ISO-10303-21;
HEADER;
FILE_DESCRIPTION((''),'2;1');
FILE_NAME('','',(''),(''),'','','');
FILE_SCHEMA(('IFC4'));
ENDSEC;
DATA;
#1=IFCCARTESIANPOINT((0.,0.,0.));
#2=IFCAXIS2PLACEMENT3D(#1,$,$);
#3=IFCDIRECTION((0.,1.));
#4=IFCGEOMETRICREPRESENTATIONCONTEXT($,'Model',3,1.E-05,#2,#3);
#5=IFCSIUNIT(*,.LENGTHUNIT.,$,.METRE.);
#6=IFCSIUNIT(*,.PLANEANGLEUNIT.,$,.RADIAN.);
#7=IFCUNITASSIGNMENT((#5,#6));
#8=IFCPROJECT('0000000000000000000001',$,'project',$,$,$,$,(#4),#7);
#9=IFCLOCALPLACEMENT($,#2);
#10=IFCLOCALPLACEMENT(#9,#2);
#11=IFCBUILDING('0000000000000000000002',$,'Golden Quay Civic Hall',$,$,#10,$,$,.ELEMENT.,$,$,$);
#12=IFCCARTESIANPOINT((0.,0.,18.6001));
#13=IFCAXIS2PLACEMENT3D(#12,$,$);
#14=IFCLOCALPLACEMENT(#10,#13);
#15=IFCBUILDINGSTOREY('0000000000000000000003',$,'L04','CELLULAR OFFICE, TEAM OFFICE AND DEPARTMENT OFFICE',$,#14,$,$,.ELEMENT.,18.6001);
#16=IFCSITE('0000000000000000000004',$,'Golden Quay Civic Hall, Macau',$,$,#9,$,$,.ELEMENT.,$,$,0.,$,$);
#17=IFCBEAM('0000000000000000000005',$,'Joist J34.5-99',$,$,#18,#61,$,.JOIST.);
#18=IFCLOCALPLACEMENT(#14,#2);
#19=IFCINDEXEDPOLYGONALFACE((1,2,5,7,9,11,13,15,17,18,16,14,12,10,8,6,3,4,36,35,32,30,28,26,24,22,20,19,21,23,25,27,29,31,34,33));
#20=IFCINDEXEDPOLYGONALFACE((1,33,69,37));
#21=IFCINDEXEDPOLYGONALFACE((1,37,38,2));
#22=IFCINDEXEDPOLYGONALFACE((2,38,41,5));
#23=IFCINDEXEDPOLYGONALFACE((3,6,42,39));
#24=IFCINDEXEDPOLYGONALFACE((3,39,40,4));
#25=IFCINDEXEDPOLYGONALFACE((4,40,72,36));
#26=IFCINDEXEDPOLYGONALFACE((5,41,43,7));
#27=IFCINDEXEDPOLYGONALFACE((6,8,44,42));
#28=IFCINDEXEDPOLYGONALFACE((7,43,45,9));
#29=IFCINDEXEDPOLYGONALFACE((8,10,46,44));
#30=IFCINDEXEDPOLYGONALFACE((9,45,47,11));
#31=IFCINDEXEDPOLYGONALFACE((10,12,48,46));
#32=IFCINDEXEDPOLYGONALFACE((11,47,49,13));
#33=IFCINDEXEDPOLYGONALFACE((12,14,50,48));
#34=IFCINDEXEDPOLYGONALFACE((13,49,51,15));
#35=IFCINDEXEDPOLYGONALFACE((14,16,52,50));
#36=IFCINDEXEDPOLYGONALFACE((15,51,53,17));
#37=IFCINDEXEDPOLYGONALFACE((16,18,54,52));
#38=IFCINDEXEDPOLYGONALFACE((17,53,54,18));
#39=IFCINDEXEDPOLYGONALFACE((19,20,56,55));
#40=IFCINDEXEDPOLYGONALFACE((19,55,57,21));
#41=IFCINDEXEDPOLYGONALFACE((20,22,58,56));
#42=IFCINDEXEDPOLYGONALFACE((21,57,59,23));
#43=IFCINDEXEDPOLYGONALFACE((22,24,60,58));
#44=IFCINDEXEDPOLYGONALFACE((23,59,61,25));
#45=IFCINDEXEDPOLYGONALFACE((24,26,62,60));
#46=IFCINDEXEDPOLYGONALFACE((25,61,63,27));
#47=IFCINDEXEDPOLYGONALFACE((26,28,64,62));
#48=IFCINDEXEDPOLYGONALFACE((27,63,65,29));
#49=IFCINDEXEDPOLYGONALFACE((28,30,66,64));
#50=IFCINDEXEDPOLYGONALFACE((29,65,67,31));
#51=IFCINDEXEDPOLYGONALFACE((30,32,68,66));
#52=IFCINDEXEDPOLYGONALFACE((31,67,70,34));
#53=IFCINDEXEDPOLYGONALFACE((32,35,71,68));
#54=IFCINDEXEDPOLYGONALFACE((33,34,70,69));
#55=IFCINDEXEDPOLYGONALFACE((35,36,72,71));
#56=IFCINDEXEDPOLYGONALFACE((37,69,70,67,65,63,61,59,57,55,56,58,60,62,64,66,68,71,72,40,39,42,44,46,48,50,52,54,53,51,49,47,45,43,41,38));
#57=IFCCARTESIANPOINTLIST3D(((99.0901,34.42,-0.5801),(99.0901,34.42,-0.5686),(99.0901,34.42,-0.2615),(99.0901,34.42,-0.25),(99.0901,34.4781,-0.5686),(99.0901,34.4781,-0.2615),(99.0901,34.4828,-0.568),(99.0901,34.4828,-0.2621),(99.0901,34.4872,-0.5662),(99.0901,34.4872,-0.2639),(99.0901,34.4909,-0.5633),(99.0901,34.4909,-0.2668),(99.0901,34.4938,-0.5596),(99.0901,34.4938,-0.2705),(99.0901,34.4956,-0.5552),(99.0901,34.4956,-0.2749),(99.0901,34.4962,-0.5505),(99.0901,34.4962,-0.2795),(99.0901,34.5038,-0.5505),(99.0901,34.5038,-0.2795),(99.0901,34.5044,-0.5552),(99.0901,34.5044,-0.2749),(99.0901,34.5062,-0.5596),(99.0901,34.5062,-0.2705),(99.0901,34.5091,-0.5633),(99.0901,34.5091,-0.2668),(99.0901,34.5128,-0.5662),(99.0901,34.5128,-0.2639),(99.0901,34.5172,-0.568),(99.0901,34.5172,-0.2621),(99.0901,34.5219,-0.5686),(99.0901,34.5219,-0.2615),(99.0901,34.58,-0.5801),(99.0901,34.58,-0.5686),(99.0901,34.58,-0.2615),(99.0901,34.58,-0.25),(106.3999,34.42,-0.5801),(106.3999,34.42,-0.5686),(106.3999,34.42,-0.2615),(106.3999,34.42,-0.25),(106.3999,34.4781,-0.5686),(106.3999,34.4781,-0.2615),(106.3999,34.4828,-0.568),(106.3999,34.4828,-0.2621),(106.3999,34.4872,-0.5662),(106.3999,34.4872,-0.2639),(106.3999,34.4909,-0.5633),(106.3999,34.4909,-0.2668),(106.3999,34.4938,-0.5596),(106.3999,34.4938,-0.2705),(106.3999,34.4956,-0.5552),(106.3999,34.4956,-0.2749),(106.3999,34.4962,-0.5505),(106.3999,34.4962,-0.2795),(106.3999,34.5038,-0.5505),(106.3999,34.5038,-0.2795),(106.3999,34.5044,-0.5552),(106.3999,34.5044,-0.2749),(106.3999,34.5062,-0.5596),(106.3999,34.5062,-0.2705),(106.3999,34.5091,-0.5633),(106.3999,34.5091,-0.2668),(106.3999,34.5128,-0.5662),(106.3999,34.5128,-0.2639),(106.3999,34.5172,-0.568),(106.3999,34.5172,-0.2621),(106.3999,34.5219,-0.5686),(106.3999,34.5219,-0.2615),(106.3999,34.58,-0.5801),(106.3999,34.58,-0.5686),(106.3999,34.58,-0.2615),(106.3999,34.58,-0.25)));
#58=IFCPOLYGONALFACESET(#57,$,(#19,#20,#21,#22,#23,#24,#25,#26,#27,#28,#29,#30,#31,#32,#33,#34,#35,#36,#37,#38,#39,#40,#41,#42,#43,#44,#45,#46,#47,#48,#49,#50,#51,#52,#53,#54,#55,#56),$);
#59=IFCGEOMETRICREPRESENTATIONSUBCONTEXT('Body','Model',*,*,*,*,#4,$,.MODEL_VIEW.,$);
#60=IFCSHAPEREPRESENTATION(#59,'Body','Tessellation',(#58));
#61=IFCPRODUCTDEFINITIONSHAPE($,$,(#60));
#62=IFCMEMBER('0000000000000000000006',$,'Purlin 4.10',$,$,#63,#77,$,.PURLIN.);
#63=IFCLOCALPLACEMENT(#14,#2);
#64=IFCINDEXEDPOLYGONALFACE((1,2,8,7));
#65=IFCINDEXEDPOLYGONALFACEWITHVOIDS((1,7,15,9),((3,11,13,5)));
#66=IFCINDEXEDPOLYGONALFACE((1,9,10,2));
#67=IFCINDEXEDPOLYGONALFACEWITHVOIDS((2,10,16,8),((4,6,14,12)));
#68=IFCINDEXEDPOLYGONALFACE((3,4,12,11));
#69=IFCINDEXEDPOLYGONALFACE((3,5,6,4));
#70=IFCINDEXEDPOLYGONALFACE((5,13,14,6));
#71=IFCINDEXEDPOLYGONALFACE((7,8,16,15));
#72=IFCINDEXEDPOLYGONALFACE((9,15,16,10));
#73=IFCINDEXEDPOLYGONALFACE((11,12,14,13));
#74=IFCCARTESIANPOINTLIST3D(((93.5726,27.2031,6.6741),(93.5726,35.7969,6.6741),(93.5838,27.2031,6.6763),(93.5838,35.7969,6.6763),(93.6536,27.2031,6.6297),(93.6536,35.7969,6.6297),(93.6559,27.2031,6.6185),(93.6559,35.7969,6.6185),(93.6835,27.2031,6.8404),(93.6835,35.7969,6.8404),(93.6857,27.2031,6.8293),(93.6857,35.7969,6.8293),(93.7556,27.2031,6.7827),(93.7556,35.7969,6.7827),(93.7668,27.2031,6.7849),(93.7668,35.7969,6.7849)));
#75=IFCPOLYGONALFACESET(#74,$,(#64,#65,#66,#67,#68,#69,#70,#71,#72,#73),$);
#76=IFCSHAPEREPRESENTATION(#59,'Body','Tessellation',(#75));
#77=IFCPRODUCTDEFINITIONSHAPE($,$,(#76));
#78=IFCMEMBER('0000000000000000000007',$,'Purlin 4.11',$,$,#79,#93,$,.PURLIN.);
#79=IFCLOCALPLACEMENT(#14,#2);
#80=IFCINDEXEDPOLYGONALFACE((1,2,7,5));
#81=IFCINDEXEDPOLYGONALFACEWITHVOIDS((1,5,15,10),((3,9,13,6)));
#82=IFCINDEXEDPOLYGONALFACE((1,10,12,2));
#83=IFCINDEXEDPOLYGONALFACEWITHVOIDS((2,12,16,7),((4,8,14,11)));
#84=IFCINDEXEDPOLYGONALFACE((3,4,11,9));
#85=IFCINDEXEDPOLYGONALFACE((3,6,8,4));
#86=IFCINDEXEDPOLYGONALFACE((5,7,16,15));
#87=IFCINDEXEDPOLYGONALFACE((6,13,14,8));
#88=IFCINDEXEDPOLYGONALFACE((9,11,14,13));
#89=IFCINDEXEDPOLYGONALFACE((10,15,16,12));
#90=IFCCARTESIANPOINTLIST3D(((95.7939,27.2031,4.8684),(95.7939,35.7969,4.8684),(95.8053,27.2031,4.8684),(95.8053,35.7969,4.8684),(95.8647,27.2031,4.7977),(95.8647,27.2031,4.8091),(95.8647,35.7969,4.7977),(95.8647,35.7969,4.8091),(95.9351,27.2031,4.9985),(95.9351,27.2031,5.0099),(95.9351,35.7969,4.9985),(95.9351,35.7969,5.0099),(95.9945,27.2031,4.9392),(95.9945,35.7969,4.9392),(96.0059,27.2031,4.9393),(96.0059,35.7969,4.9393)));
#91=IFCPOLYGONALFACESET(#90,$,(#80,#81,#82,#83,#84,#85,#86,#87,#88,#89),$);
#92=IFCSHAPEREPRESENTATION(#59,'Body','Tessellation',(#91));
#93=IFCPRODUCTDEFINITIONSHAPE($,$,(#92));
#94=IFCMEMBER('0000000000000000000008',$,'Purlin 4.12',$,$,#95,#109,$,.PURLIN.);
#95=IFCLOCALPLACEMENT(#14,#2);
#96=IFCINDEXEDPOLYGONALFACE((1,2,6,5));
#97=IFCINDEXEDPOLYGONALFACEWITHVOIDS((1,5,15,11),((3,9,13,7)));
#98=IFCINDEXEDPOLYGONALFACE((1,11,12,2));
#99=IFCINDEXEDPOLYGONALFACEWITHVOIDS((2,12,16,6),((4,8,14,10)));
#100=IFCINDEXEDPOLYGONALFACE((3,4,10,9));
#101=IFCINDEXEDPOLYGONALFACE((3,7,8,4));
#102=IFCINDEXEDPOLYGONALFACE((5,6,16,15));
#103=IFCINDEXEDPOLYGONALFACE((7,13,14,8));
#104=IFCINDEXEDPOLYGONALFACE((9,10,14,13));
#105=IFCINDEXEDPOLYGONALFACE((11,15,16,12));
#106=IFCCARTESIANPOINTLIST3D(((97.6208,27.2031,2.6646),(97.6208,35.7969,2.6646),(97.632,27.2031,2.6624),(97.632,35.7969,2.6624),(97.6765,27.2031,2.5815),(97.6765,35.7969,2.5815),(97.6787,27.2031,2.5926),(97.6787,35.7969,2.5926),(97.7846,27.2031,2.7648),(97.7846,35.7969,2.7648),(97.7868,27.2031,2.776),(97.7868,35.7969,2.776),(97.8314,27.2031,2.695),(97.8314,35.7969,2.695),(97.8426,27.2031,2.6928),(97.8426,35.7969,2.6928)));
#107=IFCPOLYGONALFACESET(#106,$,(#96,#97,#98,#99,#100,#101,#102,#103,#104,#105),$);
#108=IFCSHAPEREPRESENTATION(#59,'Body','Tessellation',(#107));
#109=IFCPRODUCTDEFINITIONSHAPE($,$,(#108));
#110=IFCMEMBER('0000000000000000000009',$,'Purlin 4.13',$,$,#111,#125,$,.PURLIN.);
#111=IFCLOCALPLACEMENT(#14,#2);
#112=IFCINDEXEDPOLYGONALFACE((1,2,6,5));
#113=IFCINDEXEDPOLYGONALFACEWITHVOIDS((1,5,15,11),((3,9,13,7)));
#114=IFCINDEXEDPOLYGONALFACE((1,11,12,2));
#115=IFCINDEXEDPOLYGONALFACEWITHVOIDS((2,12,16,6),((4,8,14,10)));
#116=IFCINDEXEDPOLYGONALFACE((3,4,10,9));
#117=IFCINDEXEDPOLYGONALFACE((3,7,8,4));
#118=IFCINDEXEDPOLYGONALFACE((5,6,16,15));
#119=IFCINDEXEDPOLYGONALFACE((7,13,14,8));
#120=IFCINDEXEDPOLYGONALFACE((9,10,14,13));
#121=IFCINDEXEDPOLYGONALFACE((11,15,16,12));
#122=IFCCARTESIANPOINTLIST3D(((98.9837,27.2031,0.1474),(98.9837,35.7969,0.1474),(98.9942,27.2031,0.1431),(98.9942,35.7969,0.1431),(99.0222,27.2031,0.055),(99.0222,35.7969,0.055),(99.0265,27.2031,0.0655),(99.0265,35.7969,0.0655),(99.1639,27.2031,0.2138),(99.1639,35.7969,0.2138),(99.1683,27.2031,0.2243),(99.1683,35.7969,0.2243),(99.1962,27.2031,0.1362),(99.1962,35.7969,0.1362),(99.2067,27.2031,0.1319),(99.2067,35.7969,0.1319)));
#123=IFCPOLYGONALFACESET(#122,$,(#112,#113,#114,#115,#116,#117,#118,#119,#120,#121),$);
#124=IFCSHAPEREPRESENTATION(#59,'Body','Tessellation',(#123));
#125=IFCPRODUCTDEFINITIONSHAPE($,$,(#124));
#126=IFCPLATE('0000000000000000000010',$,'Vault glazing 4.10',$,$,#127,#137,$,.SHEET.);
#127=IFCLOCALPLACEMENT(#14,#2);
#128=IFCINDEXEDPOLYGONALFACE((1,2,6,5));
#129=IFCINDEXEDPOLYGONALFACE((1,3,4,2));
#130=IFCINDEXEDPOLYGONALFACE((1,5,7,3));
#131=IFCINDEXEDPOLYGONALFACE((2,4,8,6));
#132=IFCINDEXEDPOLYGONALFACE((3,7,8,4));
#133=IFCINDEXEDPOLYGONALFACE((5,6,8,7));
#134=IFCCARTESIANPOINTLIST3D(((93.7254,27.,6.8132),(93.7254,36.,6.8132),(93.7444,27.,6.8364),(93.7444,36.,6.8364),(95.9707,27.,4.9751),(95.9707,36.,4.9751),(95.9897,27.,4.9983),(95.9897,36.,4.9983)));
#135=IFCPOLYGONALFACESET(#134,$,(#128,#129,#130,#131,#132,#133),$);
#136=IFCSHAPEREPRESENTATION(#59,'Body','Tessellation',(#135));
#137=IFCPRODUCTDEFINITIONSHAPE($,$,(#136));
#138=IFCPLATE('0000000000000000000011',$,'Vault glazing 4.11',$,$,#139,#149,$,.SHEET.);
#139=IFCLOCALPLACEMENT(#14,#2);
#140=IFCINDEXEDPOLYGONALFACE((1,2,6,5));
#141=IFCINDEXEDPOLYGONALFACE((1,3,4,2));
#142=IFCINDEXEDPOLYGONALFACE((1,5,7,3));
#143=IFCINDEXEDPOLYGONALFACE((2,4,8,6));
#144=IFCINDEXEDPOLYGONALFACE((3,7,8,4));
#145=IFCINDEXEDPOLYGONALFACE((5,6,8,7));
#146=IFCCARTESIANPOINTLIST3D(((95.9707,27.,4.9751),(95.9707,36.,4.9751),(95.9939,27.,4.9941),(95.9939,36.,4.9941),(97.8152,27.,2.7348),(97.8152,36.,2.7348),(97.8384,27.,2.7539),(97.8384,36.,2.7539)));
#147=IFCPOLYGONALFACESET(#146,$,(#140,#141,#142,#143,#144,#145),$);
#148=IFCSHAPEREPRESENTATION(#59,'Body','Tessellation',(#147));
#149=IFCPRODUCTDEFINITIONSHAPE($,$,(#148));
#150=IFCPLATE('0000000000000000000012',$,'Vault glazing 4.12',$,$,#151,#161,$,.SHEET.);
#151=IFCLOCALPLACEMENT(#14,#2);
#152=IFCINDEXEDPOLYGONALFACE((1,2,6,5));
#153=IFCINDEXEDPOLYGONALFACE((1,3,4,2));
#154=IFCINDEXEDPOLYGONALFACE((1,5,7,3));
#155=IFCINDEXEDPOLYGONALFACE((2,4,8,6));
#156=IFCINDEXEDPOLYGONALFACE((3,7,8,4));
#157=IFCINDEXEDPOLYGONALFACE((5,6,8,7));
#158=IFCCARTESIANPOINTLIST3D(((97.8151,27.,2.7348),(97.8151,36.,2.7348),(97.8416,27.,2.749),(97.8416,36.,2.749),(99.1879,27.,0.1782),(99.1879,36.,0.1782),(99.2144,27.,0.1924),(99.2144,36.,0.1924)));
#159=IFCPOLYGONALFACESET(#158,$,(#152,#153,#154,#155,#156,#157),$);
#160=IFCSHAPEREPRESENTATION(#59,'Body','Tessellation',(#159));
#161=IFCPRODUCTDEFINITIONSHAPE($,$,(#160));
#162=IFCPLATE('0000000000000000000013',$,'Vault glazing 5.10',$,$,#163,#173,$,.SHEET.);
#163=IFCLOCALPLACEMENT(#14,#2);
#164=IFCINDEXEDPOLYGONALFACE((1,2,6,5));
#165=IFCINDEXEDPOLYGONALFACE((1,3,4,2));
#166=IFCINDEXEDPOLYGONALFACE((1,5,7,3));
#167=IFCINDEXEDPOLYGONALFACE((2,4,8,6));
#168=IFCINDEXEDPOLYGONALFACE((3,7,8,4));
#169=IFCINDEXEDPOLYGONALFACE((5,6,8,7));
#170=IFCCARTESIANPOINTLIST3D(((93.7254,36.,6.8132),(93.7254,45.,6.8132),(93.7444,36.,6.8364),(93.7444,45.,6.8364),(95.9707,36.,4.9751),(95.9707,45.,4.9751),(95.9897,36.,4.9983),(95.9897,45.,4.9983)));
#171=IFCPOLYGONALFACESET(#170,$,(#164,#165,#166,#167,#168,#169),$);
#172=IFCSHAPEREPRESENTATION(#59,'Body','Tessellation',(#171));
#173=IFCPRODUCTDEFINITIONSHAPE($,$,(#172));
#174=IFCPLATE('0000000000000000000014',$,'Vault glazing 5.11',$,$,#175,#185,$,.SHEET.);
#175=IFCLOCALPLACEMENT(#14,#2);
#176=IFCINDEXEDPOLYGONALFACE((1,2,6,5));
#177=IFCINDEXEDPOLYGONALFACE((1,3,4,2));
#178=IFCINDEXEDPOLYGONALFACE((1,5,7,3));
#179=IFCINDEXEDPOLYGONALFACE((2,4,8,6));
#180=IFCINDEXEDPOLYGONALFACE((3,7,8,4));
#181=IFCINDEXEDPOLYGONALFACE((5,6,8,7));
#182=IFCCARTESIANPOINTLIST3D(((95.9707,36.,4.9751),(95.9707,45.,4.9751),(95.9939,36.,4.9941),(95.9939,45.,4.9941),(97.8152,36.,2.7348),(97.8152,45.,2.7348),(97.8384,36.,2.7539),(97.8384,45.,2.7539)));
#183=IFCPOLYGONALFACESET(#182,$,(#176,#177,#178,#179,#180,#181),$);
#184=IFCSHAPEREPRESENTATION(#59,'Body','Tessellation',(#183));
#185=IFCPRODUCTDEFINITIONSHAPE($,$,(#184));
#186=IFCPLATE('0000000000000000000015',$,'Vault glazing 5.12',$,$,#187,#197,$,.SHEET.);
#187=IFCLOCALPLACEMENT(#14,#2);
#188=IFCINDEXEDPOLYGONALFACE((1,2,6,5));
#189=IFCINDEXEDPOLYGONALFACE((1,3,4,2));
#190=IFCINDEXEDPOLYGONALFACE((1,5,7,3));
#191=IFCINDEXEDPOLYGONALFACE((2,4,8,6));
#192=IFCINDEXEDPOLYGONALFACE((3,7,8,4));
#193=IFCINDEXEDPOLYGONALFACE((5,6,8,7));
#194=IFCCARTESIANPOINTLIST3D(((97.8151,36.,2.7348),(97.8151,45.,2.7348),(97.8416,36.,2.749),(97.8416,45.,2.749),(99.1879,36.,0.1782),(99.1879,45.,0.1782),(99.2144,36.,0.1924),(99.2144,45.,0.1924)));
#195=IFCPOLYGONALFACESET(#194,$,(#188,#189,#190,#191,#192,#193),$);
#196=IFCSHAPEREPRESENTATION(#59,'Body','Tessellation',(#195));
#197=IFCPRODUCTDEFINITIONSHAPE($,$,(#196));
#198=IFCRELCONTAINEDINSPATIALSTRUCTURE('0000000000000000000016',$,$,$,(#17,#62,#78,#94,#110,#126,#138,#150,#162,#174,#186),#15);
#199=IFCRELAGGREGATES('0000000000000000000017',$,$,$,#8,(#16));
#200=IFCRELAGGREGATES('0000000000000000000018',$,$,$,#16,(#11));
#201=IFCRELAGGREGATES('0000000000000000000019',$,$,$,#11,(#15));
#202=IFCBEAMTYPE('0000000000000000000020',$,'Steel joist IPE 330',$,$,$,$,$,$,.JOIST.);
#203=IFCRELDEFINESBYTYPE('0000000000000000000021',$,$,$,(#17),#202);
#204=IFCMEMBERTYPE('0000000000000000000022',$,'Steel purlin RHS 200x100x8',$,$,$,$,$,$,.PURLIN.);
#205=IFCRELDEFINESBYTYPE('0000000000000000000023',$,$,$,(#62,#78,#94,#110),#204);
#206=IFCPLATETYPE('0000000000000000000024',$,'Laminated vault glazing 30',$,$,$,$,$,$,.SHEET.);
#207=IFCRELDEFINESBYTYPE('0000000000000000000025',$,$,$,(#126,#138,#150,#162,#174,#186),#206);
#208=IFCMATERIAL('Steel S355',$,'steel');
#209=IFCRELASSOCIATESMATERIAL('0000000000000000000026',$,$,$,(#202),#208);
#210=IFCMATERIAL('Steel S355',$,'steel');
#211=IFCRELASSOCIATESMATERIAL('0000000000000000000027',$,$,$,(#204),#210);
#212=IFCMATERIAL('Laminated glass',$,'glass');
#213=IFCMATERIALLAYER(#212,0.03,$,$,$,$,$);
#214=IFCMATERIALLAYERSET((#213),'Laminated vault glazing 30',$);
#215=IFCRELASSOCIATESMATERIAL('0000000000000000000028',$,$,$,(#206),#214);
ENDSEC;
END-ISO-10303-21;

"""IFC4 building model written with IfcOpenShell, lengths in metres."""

from ifc_helpers import new_model, si_unit, direction, frame, origin, origin_2d, place, context, subcontext, project, spatial, polyline, hollow_rectangle, i_section, outline, extrude, material, layer, layer_set, material_profile, profile_set, type_object, element, save


model = new_model("IFC4")

# Units and contexts
model_context = context("Model", 3, precision=1e-05, world=origin(), true_north=direction((0.0, 1.0)))
body_context = subcontext(model_context, "Body", "Model", "MODEL_VIEW")
ifc_project = project(units=[si_unit("LENGTHUNIT", "METRE"), si_unit("PLANEANGLEUNIT", "RADIAN")], contexts=[model_context])

# Site, building, storey
site_placement = place(None, origin())
site = spatial("IfcSite", under=ifc_project, at=site_placement, Name="Golden Quay Civic Hall, Macau", CompositionType="ELEMENT", RefElevation=0.0)
building_placement = place(site_placement, origin())
building = spatial("IfcBuilding", under=site, at=building_placement, Name="Golden Quay Civic Hall", CompositionType="ELEMENT")
storey_placement = place(building_placement, frame((0.0, 0.0, 18.6001)))
storey = spatial("IfcBuildingStorey", under=building, at=storey_placement, Name="L04", Description="CELLULAR OFFICE, TEAM OFFICE AND DEPARTMENT OFFICE", CompositionType="ELEMENT", Elevation=18.6001)

# Beam
ifc_material_1 = material(Name="Steel S355", Category="steel")
ifc_material_profile_1 = material_profile(ifc_material_1, i_section(OverallWidth=0.1599, OverallDepth=0.3301, WebThickness=0.0076, FlangeThickness=0.0115, FilletRadius=0.0181, at=origin_2d()), Name="IPE 330")
ifc_profile_set_1 = profile_set([ifc_material_profile_1], Name="Steel S355")
beam_type_1 = type_object("IfcBeamType", Name="Steel joist IPE 330", PredefinedType="JOIST", material=ifc_profile_set_1)
for number, where, z_axis, x_axis, name in (
    (1, (99.0901, 34.5, -0.415), (1.0, 0.0, 0.0), (0.0, 1.0, 0.0), "Joist J34.5-99"),
):
    element("IfcBeam", number, at=place(storey_placement, frame(where, z_axis=z_axis, x_axis=x_axis)), inside=storey, type_object=beam_type_1, Name=name, PredefinedType="JOIST", context=body_context, shape_type="SweptSolid", body=[
        extrude(i_section(OverallWidth=0.1599, OverallDepth=0.3301, WebThickness=0.0076, FlangeThickness=0.0115, FilletRadius=0.0181, at=origin_2d()), origin(), (0.0, 0.0, 1.0), 7.3098),
    ])

# Members
ifc_material_2 = material(Name="Steel S355", Category="steel")
ifc_material_profile_2 = material_profile(ifc_material_2, hollow_rectangle(XDim=0.1001, YDim=0.2, WallThickness=0.0081, at=origin_2d()), Name="RHS 200x100x8")
ifc_profile_set_2 = profile_set([ifc_material_profile_2], Name="Steel S355")
member_type_1 = type_object("IfcMemberType", Name="Steel purlin RHS 200x100x8", PredefinedType="PURLIN", material=ifc_profile_set_2)
for number, where, z_axis, x_axis, name in (
    (2, (93.6697, 27.2031, 6.7295), (0.0, 1.0, 0.0), (-0.83205, 0.0, 0.5547), "Purlin 4.10"),
    (3, (95.8999, 27.2031, 4.9038), (0.0, 1.0, 0.0), (-0.708092, 0.0, 0.70612), "Purlin 4.11"),
    (4, (97.7317, 27.2031, 2.6787), (0.0, 1.0, 0.0), (-0.557019, 0.0, 0.8305), "Purlin 4.12"),
    (5, (99.0952, 27.2031, 0.1396), (0.0, 1.0, 0.0), (-0.384615, 0.0, 0.923077), "Purlin 4.13"),
):
    element("IfcMember", number, at=place(storey_placement, frame(where, z_axis=z_axis, x_axis=x_axis)), inside=storey, type_object=member_type_1, Name=name, PredefinedType="PURLIN", context=body_context, shape_type="SweptSolid", body=[
        extrude(hollow_rectangle(XDim=0.1001, YDim=0.2, WallThickness=0.0081, at=origin_2d()), origin(), (0.0, 0.0, 1.0), 8.5938),
    ])

# Plates
ifc_material_3 = material(Name="Laminated glass", Category="glass")
ifc_layer = layer(ifc_material_3, 0.03)
ifc_layer_set = layer_set([ifc_layer], Name="Laminated vault glazing 30")
plate_type = type_object("IfcPlateType", Name="Laminated vault glazing 30", PredefinedType="SHEET", material=ifc_layer_set)
plate_1_placement = place(storey_placement, frame((93.7444, 27.0, 6.8364), z_axis=(0.633449, 0.0, 0.773785), x_axis=(0.773785, 0.0, -0.633449)))
element("IfcPlate", 6, at=plate_1_placement, inside=storey, type_object=plate_type, Name="Vault glazing 4.10", PredefinedType="SHEET", context=body_context, shape_type="SweptSolid", body=[
    extrude(outline(polyline([(0.0, 0.0), (2.9018, 0.0), (2.9018, 9.0), (0.0, 9.0), (0.0, 0.0)])), origin(), (0.0, 0.0, -1.0), 0.03),
])
plate_2_placement = place(storey_placement, frame((95.9939, 27.0, 4.9941), z_axis=(0.772001, 0.0, 0.635622), x_axis=(0.635622, 0.0, -0.772001)))
element("IfcPlate", 7, at=plate_2_placement, inside=storey, type_object=plate_type, Name="Vault glazing 4.11", PredefinedType="SHEET", context=body_context, shape_type="SweptSolid", body=[
    extrude(outline(polyline([(0.0, 0.0), (2.9019, 0.0), (2.9019, 9.0), (0.0, 9.0), (0.0, 0.0)])), origin(), (0.0, 0.0, -1.0), 0.03),
])
plate_3_placement = place(storey_placement, frame((97.8416, 27.0, 2.749), z_axis=(0.881024, 0.0, 0.473071), x_axis=(0.473071, 0.0, -0.881024)))
element("IfcPlate", 8, at=plate_3_placement, inside=storey, type_object=plate_type, Name="Vault glazing 4.12", PredefinedType="SHEET", context=body_context, shape_type="SweptSolid", body=[
    extrude(outline(polyline([(0.0, 0.0), (2.9019, 0.0), (2.9019, 9.0), (0.0, 9.0), (0.0, 0.0)])), origin(), (0.0, 0.0, -1.0), 0.03),
])
plate_4_placement = place(storey_placement, frame((93.7444, 36.0, 6.8364), z_axis=(0.633449, 0.0, 0.773785), x_axis=(0.773785, 0.0, -0.633449)))
element("IfcPlate", 9, at=plate_4_placement, inside=storey, type_object=plate_type, Name="Vault glazing 5.10", PredefinedType="SHEET", context=body_context, shape_type="SweptSolid", body=[
    extrude(outline(polyline([(0.0, 0.0), (2.9018, 0.0), (2.9018, 9.0), (0.0, 9.0), (0.0, 0.0)])), origin(), (0.0, 0.0, -1.0), 0.03),
])
plate_5_placement = place(storey_placement, frame((95.9939, 36.0, 4.9941), z_axis=(0.772001, 0.0, 0.635622), x_axis=(0.635622, 0.0, -0.772001)))
element("IfcPlate", 10, at=plate_5_placement, inside=storey, type_object=plate_type, Name="Vault glazing 5.11", PredefinedType="SHEET", context=body_context, shape_type="SweptSolid", body=[
    extrude(outline(polyline([(0.0, 0.0), (2.9019, 0.0), (2.9019, 9.0), (0.0, 9.0), (0.0, 0.0)])), origin(), (0.0, 0.0, -1.0), 0.03),
])
plate_6_placement = place(storey_placement, frame((97.8416, 36.0, 2.749), z_axis=(0.881024, 0.0, 0.473071), x_axis=(0.473071, 0.0, -0.881024)))
element("IfcPlate", 11, at=plate_6_placement, inside=storey, type_object=plate_type, Name="Vault glazing 5.12", PredefinedType="SHEET", context=body_context, shape_type="SweptSolid", body=[
    extrude(outline(polyline([(0.0, 0.0), (2.9019, 0.0), (2.9019, 9.0), (0.0, 9.0), (0.0, 0.0)])), origin(), (0.0, 0.0, -1.0), 0.03),
])

save(model, "model.ifc")
